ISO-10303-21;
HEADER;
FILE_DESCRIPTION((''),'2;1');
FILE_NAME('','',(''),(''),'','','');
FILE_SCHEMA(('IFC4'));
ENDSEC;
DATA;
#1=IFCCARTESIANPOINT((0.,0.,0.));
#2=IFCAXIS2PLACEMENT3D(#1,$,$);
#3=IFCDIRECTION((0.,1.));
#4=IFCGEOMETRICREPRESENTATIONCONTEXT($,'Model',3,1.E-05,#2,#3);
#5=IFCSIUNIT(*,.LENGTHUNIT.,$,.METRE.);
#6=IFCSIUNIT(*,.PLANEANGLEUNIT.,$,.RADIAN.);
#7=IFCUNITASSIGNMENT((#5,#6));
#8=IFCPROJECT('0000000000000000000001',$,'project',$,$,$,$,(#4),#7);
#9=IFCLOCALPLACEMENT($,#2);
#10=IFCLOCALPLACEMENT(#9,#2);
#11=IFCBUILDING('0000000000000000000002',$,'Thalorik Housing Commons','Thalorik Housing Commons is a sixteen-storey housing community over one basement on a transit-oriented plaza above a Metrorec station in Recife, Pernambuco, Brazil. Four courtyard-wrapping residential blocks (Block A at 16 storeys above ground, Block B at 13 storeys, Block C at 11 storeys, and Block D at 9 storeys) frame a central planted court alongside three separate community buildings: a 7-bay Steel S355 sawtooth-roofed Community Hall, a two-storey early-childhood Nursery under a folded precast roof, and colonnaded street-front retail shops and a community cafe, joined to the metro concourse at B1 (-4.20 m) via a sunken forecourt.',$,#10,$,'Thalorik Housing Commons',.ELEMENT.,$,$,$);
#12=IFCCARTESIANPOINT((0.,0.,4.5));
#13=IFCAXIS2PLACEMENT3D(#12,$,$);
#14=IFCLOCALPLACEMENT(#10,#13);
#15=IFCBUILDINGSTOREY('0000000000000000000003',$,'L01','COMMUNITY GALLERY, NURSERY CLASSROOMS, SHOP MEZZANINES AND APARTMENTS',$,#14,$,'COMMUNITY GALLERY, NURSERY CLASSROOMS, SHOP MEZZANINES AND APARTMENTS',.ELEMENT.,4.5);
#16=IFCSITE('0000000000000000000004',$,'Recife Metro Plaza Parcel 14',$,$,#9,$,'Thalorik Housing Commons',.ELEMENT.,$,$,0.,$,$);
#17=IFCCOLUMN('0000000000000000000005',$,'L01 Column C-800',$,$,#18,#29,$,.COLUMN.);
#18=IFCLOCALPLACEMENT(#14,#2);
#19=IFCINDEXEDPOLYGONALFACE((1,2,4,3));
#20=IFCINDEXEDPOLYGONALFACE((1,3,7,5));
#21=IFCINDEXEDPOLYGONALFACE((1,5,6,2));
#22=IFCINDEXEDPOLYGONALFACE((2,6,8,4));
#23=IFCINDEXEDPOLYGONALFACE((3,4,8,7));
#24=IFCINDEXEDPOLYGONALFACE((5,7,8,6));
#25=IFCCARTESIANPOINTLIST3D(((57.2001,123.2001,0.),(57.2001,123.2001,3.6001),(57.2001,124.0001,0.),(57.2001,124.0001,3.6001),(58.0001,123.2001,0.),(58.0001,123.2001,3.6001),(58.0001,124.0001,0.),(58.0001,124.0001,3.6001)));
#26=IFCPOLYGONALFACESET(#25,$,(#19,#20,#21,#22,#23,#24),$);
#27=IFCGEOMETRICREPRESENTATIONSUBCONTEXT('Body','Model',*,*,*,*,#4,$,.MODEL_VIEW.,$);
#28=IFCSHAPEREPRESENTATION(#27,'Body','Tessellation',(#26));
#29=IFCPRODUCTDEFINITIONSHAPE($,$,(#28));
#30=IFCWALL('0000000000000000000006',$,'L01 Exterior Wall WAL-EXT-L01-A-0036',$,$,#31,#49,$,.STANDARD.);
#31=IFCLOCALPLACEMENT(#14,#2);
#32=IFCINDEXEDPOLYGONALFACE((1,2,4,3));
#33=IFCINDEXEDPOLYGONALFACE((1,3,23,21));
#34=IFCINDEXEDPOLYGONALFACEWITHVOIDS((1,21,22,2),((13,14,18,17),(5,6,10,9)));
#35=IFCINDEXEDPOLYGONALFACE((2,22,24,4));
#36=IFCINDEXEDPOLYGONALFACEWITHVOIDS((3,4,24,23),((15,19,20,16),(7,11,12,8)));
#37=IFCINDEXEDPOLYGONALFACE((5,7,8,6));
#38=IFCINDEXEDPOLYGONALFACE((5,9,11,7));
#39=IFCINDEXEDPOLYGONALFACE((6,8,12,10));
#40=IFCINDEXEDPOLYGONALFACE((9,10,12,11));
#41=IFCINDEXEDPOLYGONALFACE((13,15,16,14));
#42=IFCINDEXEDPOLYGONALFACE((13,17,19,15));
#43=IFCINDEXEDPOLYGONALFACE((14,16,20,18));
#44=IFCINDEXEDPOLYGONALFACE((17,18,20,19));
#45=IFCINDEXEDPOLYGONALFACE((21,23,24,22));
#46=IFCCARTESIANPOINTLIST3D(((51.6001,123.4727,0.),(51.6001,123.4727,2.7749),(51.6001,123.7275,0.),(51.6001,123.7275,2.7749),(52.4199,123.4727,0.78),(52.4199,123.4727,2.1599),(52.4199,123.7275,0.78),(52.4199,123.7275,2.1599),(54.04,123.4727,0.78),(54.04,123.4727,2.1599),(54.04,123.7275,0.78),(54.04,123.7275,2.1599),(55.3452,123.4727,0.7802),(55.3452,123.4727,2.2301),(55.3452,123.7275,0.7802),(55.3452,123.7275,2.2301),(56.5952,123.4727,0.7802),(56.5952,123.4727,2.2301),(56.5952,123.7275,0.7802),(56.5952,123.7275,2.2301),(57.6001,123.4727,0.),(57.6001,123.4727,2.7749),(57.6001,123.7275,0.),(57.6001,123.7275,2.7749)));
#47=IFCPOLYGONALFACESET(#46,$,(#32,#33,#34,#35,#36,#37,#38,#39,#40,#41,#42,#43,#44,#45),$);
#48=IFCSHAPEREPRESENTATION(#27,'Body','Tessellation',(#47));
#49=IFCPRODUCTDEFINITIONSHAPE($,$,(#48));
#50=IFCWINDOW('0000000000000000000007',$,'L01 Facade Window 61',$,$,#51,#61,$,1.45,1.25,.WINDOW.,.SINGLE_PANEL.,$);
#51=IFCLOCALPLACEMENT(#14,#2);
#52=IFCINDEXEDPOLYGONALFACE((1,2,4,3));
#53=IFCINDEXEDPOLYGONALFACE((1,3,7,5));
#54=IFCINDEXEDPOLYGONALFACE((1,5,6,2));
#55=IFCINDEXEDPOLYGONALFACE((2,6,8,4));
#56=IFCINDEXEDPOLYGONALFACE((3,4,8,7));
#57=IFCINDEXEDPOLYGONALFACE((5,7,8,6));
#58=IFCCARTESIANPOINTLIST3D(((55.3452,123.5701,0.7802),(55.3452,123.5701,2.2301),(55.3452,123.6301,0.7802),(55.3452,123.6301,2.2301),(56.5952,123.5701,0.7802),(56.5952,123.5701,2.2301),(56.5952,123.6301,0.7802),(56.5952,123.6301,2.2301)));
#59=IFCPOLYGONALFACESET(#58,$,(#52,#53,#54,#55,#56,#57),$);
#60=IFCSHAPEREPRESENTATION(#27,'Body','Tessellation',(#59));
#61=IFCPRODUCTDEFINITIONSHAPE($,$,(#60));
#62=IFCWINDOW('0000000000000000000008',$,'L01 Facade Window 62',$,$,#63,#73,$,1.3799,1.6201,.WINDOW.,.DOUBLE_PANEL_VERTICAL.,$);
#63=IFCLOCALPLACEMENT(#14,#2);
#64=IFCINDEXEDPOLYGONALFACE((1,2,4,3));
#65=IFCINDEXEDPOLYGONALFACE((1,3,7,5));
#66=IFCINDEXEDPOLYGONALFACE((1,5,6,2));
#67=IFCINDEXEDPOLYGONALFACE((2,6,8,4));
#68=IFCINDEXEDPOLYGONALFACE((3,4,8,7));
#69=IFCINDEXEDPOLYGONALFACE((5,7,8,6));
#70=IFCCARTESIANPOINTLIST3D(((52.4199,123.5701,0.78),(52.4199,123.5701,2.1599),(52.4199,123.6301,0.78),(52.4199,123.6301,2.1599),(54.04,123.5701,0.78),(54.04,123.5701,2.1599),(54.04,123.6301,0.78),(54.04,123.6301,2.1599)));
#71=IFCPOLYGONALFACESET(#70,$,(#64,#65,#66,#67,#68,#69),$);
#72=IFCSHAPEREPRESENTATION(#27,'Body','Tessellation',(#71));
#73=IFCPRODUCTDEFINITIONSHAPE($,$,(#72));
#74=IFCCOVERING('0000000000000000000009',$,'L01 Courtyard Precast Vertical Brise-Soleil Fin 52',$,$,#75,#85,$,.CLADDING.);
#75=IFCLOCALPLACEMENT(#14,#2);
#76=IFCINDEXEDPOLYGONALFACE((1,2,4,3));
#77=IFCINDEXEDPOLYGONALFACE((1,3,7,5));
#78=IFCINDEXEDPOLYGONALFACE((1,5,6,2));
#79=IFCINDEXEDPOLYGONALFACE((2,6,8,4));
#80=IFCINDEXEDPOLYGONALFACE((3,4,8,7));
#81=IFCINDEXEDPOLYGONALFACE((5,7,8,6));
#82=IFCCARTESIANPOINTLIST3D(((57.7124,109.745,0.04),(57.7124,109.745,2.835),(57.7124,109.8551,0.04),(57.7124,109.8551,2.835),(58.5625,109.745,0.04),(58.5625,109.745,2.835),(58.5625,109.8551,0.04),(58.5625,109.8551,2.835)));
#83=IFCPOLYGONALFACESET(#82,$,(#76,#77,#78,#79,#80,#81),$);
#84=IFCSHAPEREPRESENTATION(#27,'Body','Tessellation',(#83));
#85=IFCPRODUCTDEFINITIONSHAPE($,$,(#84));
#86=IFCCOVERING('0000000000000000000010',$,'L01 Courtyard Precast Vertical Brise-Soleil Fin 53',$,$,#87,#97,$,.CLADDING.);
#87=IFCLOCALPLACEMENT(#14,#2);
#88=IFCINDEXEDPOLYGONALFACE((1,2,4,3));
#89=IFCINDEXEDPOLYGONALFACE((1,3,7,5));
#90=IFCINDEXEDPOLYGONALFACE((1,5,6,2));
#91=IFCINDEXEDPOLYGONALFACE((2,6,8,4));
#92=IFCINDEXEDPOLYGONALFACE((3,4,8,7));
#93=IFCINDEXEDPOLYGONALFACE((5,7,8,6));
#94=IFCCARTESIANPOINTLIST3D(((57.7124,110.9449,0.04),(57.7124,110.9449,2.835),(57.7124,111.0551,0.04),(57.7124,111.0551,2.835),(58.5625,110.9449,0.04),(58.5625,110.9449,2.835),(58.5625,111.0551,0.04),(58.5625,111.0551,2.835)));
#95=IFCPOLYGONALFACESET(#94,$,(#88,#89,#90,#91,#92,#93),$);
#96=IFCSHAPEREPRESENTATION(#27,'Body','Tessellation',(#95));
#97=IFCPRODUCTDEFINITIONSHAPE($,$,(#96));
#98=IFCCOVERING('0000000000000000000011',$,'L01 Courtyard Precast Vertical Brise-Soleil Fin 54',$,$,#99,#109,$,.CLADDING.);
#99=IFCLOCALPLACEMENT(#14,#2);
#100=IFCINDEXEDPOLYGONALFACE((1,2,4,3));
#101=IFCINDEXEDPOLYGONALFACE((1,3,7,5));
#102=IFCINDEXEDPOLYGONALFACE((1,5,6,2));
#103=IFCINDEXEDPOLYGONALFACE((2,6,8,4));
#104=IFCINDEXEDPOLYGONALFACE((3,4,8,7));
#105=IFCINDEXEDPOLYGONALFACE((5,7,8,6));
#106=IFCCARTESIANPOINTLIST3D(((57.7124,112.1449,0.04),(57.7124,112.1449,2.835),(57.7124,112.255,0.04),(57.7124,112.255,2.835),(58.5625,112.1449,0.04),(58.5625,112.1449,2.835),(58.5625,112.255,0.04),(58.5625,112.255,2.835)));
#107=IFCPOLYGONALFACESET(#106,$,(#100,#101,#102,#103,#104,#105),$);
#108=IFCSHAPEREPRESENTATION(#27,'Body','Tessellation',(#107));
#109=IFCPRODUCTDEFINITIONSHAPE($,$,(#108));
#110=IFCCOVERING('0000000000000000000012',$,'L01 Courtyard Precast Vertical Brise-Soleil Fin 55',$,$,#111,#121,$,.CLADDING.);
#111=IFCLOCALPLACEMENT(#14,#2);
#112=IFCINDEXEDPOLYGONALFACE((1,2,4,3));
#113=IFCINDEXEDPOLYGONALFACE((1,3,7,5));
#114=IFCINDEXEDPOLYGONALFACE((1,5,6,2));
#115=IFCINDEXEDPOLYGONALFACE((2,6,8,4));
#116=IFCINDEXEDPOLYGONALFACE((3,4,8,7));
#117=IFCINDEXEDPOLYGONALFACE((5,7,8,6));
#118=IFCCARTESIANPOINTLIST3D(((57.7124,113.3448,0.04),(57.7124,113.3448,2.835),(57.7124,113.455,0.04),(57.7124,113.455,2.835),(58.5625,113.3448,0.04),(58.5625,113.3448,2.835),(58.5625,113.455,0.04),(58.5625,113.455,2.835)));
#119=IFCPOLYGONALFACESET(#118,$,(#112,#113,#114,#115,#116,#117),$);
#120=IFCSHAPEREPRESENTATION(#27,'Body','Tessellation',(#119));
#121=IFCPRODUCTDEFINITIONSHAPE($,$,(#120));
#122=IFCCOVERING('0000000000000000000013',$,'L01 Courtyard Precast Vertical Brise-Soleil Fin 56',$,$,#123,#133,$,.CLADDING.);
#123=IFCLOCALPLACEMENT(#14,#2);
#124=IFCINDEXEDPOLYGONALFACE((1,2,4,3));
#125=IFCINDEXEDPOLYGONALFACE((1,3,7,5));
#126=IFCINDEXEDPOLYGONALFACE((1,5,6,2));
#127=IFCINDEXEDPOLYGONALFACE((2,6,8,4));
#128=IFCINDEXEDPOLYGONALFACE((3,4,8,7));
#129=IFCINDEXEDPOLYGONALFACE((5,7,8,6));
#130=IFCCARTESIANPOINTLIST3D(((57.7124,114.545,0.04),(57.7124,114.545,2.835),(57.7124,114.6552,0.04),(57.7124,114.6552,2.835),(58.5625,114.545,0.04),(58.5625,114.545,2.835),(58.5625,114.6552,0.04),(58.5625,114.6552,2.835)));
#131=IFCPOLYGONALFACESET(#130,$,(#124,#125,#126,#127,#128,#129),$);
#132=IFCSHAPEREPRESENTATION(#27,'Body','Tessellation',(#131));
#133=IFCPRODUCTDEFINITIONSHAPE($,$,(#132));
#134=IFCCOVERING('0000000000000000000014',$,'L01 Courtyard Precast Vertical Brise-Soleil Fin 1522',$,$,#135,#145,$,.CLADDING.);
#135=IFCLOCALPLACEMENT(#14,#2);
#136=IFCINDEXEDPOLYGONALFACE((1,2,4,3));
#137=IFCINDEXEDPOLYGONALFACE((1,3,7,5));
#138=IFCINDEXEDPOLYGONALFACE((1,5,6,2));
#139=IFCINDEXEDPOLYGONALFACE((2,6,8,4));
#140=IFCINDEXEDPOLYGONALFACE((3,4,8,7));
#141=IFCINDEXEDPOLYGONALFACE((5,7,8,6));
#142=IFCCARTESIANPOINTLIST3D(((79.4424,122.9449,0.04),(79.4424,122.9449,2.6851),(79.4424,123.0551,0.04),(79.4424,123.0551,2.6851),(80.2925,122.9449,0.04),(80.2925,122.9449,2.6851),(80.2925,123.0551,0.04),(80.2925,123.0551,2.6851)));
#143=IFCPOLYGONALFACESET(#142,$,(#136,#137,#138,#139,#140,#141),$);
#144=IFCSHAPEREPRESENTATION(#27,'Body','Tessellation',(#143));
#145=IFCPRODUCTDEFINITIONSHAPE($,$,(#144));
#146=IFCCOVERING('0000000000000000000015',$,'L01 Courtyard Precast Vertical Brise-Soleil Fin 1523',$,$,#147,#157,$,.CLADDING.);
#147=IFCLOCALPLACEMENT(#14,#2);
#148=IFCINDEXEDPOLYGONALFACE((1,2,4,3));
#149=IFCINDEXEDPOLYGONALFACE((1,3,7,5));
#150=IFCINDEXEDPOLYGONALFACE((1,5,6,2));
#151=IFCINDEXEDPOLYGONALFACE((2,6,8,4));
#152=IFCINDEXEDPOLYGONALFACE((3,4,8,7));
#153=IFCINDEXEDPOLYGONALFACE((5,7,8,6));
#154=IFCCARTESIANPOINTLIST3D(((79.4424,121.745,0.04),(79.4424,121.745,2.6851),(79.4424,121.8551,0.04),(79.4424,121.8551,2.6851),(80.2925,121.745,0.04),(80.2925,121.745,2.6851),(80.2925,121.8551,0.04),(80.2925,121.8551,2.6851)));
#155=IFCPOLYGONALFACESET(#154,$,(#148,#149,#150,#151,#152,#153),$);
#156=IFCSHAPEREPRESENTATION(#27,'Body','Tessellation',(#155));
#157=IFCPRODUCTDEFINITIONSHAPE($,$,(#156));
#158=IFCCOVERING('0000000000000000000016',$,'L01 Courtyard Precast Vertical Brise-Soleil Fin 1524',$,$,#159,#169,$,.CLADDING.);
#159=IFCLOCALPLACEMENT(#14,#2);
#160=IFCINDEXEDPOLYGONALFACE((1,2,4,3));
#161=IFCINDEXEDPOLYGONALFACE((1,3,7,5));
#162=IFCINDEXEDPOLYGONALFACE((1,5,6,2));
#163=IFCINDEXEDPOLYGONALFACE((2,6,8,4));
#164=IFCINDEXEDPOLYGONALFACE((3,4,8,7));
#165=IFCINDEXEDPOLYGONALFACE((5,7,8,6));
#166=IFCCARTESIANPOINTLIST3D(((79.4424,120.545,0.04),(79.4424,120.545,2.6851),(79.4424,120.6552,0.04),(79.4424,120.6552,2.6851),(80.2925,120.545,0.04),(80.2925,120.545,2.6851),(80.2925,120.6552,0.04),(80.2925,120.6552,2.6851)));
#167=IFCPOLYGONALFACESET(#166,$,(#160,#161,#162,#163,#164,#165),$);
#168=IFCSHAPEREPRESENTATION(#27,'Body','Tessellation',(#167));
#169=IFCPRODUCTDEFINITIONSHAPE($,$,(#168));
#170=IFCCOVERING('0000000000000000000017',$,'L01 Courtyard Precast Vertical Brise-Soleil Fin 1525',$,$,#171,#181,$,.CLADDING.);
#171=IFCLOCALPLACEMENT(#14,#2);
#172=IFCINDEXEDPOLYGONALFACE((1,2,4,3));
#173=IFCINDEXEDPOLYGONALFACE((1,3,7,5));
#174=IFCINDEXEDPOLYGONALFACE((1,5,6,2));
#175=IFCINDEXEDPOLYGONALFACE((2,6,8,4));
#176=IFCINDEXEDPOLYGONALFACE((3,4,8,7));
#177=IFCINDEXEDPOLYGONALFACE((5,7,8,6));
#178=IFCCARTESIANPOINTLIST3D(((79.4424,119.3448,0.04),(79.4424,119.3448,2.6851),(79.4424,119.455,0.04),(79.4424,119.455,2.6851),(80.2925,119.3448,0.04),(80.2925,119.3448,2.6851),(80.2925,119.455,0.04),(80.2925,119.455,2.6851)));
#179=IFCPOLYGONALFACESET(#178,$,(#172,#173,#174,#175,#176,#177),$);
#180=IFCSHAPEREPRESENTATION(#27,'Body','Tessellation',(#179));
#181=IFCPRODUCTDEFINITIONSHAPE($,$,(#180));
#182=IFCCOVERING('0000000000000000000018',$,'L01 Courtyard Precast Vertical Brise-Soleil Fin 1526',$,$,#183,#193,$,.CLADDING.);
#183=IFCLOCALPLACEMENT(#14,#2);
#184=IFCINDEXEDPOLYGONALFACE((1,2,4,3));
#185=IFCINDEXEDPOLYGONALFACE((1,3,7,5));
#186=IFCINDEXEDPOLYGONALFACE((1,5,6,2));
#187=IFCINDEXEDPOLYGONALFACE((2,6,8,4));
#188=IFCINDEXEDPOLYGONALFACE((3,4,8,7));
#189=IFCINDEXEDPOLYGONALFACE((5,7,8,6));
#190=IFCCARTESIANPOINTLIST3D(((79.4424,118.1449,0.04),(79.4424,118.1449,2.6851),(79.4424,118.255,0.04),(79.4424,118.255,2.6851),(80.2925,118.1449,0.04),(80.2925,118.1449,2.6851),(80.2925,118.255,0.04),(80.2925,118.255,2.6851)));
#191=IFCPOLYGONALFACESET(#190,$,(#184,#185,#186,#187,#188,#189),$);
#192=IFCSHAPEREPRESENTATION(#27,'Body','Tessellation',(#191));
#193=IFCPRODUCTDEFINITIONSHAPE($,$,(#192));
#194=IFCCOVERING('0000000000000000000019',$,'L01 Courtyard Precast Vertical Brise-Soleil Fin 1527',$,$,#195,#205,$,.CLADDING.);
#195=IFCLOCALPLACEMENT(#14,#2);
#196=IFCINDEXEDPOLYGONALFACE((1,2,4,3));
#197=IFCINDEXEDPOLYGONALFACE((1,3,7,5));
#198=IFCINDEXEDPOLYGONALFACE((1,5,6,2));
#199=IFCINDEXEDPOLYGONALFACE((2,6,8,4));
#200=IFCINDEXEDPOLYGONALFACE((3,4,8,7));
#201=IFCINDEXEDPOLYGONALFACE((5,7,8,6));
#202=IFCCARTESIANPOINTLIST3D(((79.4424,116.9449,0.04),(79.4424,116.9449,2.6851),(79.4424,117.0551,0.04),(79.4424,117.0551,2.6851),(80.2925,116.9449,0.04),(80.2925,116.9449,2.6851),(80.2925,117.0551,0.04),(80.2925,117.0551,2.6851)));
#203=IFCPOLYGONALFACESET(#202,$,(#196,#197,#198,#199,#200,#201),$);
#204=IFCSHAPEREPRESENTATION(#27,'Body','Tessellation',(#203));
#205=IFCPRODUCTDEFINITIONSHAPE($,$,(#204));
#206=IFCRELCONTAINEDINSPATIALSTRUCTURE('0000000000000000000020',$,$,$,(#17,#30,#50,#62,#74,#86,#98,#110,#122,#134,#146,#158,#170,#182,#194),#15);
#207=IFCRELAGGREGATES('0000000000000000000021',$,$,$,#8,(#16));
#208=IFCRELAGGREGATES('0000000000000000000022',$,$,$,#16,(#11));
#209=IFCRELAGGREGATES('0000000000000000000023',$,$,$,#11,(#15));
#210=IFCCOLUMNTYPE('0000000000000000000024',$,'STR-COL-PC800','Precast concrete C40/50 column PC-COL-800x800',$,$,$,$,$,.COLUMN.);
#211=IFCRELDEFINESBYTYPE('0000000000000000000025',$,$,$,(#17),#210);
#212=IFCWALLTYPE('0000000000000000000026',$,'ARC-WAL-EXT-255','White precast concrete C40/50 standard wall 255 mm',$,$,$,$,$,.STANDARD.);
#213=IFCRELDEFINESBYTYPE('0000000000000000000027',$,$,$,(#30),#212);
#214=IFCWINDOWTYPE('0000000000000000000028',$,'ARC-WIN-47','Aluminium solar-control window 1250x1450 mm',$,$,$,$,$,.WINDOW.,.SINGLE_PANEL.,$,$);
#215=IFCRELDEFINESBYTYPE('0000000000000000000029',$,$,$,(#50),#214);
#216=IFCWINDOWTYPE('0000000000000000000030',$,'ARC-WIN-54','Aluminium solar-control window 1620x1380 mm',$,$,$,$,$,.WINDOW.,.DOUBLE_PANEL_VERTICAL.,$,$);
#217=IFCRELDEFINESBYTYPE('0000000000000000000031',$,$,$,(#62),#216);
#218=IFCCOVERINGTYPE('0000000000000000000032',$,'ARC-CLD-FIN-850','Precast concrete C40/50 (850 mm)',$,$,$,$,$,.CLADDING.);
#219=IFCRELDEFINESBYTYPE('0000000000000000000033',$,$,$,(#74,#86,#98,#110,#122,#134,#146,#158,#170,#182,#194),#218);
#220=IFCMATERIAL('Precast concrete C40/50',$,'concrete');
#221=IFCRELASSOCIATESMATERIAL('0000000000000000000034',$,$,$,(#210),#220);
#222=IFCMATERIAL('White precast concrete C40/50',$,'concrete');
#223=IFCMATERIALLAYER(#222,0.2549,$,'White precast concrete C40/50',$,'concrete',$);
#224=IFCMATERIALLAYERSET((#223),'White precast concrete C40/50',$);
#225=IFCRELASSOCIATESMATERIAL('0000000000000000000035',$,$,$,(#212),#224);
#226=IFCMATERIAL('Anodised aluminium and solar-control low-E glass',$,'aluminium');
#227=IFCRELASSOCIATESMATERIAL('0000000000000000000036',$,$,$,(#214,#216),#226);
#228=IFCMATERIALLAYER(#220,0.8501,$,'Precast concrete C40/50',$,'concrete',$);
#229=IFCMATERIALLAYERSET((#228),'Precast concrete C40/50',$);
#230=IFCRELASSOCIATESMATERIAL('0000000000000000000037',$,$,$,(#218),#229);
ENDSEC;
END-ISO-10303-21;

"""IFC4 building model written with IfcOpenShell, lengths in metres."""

from ifc_helpers import new_model, si_unit, direction, frame, frame_2d, origin, origin_2d, place, context, subcontext, project, spatial, rectangle, extrude, material, layer, layer_set, material_profile, profile_set, type_object, element, fill, save


model = new_model("IFC4")

# Units and contexts
model_context = context("Model", 3, precision=1e-05, world=origin(), true_north=direction((0.0, 1.0)))
body_context = subcontext(model_context, "Body", "Model", "MODEL_VIEW")
ifc_project = project(units=[si_unit("LENGTHUNIT", "METRE"), si_unit("PLANEANGLEUNIT", "RADIAN")], contexts=[model_context])

# Site, building, storey
site_placement = place(None, origin())
site = spatial("IfcSite", under=ifc_project, at=site_placement, Name="Recife Metro Plaza Parcel 14", LongName="Thalorik Housing Commons", CompositionType="ELEMENT", RefElevation=0.0)
building_placement = place(site_placement, origin())
building = spatial("IfcBuilding", under=site, at=building_placement, Name="Thalorik Housing Commons", Description="Thalorik Housing Commons is a sixteen-storey housing community over one basement on a transit-oriented plaza above a Metrorec station in Recife, Pernambuco, Brazil. Four courtyard-wrapping residential blocks (Block A at 16 storeys above ground, Block B at 13 storeys, Block C at 11 storeys, and Block D at 9 storeys) frame a central planted court alongside three separate community buildings: a 7-bay Steel S355 sawtooth-roofed Community Hall, a two-storey early-childhood Nursery under a folded precast roof, and colonnaded street-front retail shops and a community cafe, joined to the metro concourse at B1 (-4.20 m) via a sunken forecourt.", LongName="Thalorik Housing Commons", CompositionType="ELEMENT")
storey_placement = place(building_placement, frame((0.0, 0.0, 4.5)))
storey = spatial("IfcBuildingStorey", under=building, at=storey_placement, Name="L01", Description="COMMUNITY GALLERY, NURSERY CLASSROOMS, SHOP MEZZANINES AND APARTMENTS", LongName="COMMUNITY GALLERY, NURSERY CLASSROOMS, SHOP MEZZANINES AND APARTMENTS", CompositionType="ELEMENT", Elevation=4.5)

# Column
ifc_material_1 = material(Name="Precast concrete C40/50", Category="concrete")
ifc_material_profile = material_profile(ifc_material_1, rectangle(XDim=0.8, YDim=0.8, at=origin_2d()), Name="PC 800x800", Category="concrete")
ifc_profile_set = profile_set([ifc_material_profile], Name="Precast concrete C40/50")
column_type = type_object("IfcColumnType", Name="STR-COL-PC800", Description="Precast concrete C40/50 column PC-COL-800x800", PredefinedType="COLUMN", material=ifc_profile_set)
column_placement = place(storey_placement, frame((57.6001, 123.6001, 0.0), z_axis=(0.0, 0.0, 1.0), x_axis=(1.0, 0.0, 0.0)))
element("IfcColumn", 1, at=column_placement, inside=storey, type_object=column_type, Name="L01 Column C-800", PredefinedType="COLUMN", context=body_context, shape_type="SweptSolid", body=[
    extrude(rectangle(XDim=0.8, YDim=0.8, at=origin_2d()), origin(), (0.0, 0.0, 1.0), 3.6001),
])

# Wall, openings, windows
ifc_material_2 = material(Name="White precast concrete C40/50", Category="concrete")
ifc_layer_1 = layer(ifc_material_2, 0.2549, Name="White precast concrete C40/50", Category="concrete")
ifc_layer_set_1 = layer_set([ifc_layer_1], Name="White precast concrete C40/50")
wall_type = type_object("IfcWallType", Name="ARC-WAL-EXT-255", Description="White precast concrete C40/50 standard wall 255 mm", PredefinedType="STANDARD", material=ifc_layer_set_1)
wall_placement = place(storey_placement, frame((57.6001, 123.6001, 0.0), z_axis=(0.0, 0.0, 1.0), x_axis=(-1.0, 0.0, 0.0)))
wall = element("IfcWall", 2, at=wall_placement, inside=storey, type_object=wall_type, Name="L01 Exterior Wall WAL-EXT-L01-A-0036", PredefinedType="STANDARD", context=body_context, shape_type="SweptSolid", body=[
    extrude(rectangle(XDim=6.0, YDim=0.2549, at=frame_2d((3.0, 0.0))), origin(), (0.0, 0.0, 1.0), 2.7749),
])
opening_1_placement = place(wall_placement, frame((1.0049, 0.0, 0.78)))
opening_1 = element("IfcOpeningElement", 3, at=opening_1_placement, cuts=wall, PredefinedType="OPENING", context=body_context, shape_type="SweptSolid", body=[
    extrude(rectangle(XDim=1.25, YDim=1.45, at=frame_2d((0.625, 0.7251))), frame((0.0, 0.1375, 0.0), z_axis=(0.0, -1.0, 0.0), x_axis=(1.0, 0.0, 0.0)), (0.0, 0.0, 1.0), 0.2749),
])
opening_2_placement = place(wall_placement, frame((3.5601, 0.0, 0.78)))
opening_2 = element("IfcOpeningElement", 4, at=opening_2_placement, cuts=wall, PredefinedType="OPENING", context=body_context, shape_type="SweptSolid", body=[
    extrude(rectangle(XDim=1.6201, YDim=1.3799, at=frame_2d((0.8101, 0.6899))), frame((0.0, 0.1375, 0.0), z_axis=(0.0, -1.0, 0.0), x_axis=(1.0, 0.0, 0.0)), (0.0, 0.0, 1.0), 0.2749),
])
ifc_material_3 = material(Name="Anodised aluminium and solar-control low-E glass", Category="aluminium")
window_type_1 = type_object("IfcWindowType", Name="ARC-WIN-47", Description="Aluminium solar-control window 1250x1450 mm", PartitioningType="SINGLE_PANEL", PredefinedType="WINDOW", material=ifc_material_3)
window_1_placement = place(opening_1_placement, origin())
window_1 = element("IfcWindow", 5, at=window_1_placement, inside=storey, type_object=window_type_1, Name="L01 Facade Window 61", OverallHeight=1.45, OverallWidth=1.25, PartitioningType="SINGLE_PANEL", PredefinedType="WINDOW", context=body_context, shape_type="SweptSolid", body=[
    extrude(rectangle(XDim=1.25, YDim=1.45, at=frame_2d((0.625, 0.7251))), frame((0.0, 0.03, 0.0), z_axis=(0.0, -1.0, 0.0), x_axis=(1.0, 0.0, 0.0)), (0.0, 0.0, 1.0), 0.0601),
])
fill(opening_1, window_1)
window_type_2 = type_object("IfcWindowType", Name="ARC-WIN-54", Description="Aluminium solar-control window 1620x1380 mm", PartitioningType="DOUBLE_PANEL_VERTICAL", PredefinedType="WINDOW", material=ifc_material_3)
window_2_placement = place(opening_2_placement, origin())
window_2 = element("IfcWindow", 6, at=window_2_placement, inside=storey, type_object=window_type_2, Name="L01 Facade Window 62", OverallHeight=1.3799, OverallWidth=1.6201, PartitioningType="DOUBLE_PANEL_VERTICAL", PredefinedType="WINDOW", context=body_context, shape_type="SweptSolid", body=[
    extrude(rectangle(XDim=1.6201, YDim=1.3799, at=frame_2d((0.8101, 0.6899))), frame((0.0, 0.03, 0.0), z_axis=(0.0, -1.0, 0.0), x_axis=(1.0, 0.0, 0.0)), (0.0, 0.0, 1.0), 0.0601),
])
fill(opening_2, window_2)

# Coverings
ifc_layer_2 = layer(ifc_material_1, 0.8501, Name="Precast concrete C40/50", Category="concrete")
ifc_layer_set_2 = layer_set([ifc_layer_2], Name="Precast concrete C40/50")
covering_type_1 = type_object("IfcCoveringType", Name="ARC-CLD-FIN-850", Description="Precast concrete C40/50 (850 mm)", PredefinedType="CLADDING", material=ifc_layer_set_2)
for number, where, z_axis, x_axis, name in (
    (7, (58.1375, 109.8, 0.04), (0.0, 0.0, 1.0), (0.0, 1.0, 0.0), "L01 Courtyard Precast Vertical Brise-Soleil Fin 52"),
    (8, (58.1375, 111.0, 0.04), (0.0, 0.0, 1.0), (0.0, 1.0, 0.0), "L01 Courtyard Precast Vertical Brise-Soleil Fin 53"),
    (9, (58.1375, 112.2, 0.04), (0.0, 0.0, 1.0), (0.0, 1.0, 0.0), "L01 Courtyard Precast Vertical Brise-Soleil Fin 54"),
    (10, (58.1375, 113.3999, 0.04), (0.0, 0.0, 1.0), (0.0, 1.0, 0.0), "L01 Courtyard Precast Vertical Brise-Soleil Fin 55"),
    (11, (58.1375, 114.6001, 0.04), (0.0, 0.0, 1.0), (0.0, 1.0, 0.0), "L01 Courtyard Precast Vertical Brise-Soleil Fin 56"),
):
    element("IfcCovering", number, at=place(storey_placement, frame(where, z_axis=z_axis, x_axis=x_axis)), inside=storey, type_object=covering_type_1, Name=name, PredefinedType="CLADDING", context=body_context, shape_type="SweptSolid", body=[
        extrude(rectangle(XDim=0.1101, YDim=0.8501, at=origin_2d()), origin(), (0.0, 0.0, 1.0), 2.7949),
    ])
for number, where, z_axis, x_axis, name in (
    (12, (79.8674, 123.0, 0.04), (0.0, 0.0, 1.0), (0.0, -1.0, 0.0), "L01 Courtyard Precast Vertical Brise-Soleil Fin 1522"),
    (13, (79.8674, 121.8, 0.04), (0.0, 0.0, 1.0), (0.0, -1.0, 0.0), "L01 Courtyard Precast Vertical Brise-Soleil Fin 1523"),
    (14, (79.8674, 120.6001, 0.04), (0.0, 0.0, 1.0), (0.0, -1.0, 0.0), "L01 Courtyard Precast Vertical Brise-Soleil Fin 1524"),
    (15, (79.8674, 119.3999, 0.04), (0.0, 0.0, 1.0), (0.0, -1.0, 0.0), "L01 Courtyard Precast Vertical Brise-Soleil Fin 1525"),
    (16, (79.8674, 118.2, 0.04), (0.0, 0.0, 1.0), (0.0, -1.0, 0.0), "L01 Courtyard Precast Vertical Brise-Soleil Fin 1526"),
    (17, (79.8674, 117.0, 0.04), (0.0, 0.0, 1.0), (0.0, -1.0, 0.0), "L01 Courtyard Precast Vertical Brise-Soleil Fin 1527"),
):
    element("IfcCovering", number, at=place(storey_placement, frame(where, z_axis=z_axis, x_axis=x_axis)), inside=storey, type_object=covering_type_1, Name=name, PredefinedType="CLADDING", context=body_context, shape_type="SweptSolid", body=[
        extrude(rectangle(XDim=0.1101, YDim=0.8501, at=origin_2d()), origin(), (0.0, 0.0, 1.0), 2.645),
    ])

save(model, "model.ifc")
